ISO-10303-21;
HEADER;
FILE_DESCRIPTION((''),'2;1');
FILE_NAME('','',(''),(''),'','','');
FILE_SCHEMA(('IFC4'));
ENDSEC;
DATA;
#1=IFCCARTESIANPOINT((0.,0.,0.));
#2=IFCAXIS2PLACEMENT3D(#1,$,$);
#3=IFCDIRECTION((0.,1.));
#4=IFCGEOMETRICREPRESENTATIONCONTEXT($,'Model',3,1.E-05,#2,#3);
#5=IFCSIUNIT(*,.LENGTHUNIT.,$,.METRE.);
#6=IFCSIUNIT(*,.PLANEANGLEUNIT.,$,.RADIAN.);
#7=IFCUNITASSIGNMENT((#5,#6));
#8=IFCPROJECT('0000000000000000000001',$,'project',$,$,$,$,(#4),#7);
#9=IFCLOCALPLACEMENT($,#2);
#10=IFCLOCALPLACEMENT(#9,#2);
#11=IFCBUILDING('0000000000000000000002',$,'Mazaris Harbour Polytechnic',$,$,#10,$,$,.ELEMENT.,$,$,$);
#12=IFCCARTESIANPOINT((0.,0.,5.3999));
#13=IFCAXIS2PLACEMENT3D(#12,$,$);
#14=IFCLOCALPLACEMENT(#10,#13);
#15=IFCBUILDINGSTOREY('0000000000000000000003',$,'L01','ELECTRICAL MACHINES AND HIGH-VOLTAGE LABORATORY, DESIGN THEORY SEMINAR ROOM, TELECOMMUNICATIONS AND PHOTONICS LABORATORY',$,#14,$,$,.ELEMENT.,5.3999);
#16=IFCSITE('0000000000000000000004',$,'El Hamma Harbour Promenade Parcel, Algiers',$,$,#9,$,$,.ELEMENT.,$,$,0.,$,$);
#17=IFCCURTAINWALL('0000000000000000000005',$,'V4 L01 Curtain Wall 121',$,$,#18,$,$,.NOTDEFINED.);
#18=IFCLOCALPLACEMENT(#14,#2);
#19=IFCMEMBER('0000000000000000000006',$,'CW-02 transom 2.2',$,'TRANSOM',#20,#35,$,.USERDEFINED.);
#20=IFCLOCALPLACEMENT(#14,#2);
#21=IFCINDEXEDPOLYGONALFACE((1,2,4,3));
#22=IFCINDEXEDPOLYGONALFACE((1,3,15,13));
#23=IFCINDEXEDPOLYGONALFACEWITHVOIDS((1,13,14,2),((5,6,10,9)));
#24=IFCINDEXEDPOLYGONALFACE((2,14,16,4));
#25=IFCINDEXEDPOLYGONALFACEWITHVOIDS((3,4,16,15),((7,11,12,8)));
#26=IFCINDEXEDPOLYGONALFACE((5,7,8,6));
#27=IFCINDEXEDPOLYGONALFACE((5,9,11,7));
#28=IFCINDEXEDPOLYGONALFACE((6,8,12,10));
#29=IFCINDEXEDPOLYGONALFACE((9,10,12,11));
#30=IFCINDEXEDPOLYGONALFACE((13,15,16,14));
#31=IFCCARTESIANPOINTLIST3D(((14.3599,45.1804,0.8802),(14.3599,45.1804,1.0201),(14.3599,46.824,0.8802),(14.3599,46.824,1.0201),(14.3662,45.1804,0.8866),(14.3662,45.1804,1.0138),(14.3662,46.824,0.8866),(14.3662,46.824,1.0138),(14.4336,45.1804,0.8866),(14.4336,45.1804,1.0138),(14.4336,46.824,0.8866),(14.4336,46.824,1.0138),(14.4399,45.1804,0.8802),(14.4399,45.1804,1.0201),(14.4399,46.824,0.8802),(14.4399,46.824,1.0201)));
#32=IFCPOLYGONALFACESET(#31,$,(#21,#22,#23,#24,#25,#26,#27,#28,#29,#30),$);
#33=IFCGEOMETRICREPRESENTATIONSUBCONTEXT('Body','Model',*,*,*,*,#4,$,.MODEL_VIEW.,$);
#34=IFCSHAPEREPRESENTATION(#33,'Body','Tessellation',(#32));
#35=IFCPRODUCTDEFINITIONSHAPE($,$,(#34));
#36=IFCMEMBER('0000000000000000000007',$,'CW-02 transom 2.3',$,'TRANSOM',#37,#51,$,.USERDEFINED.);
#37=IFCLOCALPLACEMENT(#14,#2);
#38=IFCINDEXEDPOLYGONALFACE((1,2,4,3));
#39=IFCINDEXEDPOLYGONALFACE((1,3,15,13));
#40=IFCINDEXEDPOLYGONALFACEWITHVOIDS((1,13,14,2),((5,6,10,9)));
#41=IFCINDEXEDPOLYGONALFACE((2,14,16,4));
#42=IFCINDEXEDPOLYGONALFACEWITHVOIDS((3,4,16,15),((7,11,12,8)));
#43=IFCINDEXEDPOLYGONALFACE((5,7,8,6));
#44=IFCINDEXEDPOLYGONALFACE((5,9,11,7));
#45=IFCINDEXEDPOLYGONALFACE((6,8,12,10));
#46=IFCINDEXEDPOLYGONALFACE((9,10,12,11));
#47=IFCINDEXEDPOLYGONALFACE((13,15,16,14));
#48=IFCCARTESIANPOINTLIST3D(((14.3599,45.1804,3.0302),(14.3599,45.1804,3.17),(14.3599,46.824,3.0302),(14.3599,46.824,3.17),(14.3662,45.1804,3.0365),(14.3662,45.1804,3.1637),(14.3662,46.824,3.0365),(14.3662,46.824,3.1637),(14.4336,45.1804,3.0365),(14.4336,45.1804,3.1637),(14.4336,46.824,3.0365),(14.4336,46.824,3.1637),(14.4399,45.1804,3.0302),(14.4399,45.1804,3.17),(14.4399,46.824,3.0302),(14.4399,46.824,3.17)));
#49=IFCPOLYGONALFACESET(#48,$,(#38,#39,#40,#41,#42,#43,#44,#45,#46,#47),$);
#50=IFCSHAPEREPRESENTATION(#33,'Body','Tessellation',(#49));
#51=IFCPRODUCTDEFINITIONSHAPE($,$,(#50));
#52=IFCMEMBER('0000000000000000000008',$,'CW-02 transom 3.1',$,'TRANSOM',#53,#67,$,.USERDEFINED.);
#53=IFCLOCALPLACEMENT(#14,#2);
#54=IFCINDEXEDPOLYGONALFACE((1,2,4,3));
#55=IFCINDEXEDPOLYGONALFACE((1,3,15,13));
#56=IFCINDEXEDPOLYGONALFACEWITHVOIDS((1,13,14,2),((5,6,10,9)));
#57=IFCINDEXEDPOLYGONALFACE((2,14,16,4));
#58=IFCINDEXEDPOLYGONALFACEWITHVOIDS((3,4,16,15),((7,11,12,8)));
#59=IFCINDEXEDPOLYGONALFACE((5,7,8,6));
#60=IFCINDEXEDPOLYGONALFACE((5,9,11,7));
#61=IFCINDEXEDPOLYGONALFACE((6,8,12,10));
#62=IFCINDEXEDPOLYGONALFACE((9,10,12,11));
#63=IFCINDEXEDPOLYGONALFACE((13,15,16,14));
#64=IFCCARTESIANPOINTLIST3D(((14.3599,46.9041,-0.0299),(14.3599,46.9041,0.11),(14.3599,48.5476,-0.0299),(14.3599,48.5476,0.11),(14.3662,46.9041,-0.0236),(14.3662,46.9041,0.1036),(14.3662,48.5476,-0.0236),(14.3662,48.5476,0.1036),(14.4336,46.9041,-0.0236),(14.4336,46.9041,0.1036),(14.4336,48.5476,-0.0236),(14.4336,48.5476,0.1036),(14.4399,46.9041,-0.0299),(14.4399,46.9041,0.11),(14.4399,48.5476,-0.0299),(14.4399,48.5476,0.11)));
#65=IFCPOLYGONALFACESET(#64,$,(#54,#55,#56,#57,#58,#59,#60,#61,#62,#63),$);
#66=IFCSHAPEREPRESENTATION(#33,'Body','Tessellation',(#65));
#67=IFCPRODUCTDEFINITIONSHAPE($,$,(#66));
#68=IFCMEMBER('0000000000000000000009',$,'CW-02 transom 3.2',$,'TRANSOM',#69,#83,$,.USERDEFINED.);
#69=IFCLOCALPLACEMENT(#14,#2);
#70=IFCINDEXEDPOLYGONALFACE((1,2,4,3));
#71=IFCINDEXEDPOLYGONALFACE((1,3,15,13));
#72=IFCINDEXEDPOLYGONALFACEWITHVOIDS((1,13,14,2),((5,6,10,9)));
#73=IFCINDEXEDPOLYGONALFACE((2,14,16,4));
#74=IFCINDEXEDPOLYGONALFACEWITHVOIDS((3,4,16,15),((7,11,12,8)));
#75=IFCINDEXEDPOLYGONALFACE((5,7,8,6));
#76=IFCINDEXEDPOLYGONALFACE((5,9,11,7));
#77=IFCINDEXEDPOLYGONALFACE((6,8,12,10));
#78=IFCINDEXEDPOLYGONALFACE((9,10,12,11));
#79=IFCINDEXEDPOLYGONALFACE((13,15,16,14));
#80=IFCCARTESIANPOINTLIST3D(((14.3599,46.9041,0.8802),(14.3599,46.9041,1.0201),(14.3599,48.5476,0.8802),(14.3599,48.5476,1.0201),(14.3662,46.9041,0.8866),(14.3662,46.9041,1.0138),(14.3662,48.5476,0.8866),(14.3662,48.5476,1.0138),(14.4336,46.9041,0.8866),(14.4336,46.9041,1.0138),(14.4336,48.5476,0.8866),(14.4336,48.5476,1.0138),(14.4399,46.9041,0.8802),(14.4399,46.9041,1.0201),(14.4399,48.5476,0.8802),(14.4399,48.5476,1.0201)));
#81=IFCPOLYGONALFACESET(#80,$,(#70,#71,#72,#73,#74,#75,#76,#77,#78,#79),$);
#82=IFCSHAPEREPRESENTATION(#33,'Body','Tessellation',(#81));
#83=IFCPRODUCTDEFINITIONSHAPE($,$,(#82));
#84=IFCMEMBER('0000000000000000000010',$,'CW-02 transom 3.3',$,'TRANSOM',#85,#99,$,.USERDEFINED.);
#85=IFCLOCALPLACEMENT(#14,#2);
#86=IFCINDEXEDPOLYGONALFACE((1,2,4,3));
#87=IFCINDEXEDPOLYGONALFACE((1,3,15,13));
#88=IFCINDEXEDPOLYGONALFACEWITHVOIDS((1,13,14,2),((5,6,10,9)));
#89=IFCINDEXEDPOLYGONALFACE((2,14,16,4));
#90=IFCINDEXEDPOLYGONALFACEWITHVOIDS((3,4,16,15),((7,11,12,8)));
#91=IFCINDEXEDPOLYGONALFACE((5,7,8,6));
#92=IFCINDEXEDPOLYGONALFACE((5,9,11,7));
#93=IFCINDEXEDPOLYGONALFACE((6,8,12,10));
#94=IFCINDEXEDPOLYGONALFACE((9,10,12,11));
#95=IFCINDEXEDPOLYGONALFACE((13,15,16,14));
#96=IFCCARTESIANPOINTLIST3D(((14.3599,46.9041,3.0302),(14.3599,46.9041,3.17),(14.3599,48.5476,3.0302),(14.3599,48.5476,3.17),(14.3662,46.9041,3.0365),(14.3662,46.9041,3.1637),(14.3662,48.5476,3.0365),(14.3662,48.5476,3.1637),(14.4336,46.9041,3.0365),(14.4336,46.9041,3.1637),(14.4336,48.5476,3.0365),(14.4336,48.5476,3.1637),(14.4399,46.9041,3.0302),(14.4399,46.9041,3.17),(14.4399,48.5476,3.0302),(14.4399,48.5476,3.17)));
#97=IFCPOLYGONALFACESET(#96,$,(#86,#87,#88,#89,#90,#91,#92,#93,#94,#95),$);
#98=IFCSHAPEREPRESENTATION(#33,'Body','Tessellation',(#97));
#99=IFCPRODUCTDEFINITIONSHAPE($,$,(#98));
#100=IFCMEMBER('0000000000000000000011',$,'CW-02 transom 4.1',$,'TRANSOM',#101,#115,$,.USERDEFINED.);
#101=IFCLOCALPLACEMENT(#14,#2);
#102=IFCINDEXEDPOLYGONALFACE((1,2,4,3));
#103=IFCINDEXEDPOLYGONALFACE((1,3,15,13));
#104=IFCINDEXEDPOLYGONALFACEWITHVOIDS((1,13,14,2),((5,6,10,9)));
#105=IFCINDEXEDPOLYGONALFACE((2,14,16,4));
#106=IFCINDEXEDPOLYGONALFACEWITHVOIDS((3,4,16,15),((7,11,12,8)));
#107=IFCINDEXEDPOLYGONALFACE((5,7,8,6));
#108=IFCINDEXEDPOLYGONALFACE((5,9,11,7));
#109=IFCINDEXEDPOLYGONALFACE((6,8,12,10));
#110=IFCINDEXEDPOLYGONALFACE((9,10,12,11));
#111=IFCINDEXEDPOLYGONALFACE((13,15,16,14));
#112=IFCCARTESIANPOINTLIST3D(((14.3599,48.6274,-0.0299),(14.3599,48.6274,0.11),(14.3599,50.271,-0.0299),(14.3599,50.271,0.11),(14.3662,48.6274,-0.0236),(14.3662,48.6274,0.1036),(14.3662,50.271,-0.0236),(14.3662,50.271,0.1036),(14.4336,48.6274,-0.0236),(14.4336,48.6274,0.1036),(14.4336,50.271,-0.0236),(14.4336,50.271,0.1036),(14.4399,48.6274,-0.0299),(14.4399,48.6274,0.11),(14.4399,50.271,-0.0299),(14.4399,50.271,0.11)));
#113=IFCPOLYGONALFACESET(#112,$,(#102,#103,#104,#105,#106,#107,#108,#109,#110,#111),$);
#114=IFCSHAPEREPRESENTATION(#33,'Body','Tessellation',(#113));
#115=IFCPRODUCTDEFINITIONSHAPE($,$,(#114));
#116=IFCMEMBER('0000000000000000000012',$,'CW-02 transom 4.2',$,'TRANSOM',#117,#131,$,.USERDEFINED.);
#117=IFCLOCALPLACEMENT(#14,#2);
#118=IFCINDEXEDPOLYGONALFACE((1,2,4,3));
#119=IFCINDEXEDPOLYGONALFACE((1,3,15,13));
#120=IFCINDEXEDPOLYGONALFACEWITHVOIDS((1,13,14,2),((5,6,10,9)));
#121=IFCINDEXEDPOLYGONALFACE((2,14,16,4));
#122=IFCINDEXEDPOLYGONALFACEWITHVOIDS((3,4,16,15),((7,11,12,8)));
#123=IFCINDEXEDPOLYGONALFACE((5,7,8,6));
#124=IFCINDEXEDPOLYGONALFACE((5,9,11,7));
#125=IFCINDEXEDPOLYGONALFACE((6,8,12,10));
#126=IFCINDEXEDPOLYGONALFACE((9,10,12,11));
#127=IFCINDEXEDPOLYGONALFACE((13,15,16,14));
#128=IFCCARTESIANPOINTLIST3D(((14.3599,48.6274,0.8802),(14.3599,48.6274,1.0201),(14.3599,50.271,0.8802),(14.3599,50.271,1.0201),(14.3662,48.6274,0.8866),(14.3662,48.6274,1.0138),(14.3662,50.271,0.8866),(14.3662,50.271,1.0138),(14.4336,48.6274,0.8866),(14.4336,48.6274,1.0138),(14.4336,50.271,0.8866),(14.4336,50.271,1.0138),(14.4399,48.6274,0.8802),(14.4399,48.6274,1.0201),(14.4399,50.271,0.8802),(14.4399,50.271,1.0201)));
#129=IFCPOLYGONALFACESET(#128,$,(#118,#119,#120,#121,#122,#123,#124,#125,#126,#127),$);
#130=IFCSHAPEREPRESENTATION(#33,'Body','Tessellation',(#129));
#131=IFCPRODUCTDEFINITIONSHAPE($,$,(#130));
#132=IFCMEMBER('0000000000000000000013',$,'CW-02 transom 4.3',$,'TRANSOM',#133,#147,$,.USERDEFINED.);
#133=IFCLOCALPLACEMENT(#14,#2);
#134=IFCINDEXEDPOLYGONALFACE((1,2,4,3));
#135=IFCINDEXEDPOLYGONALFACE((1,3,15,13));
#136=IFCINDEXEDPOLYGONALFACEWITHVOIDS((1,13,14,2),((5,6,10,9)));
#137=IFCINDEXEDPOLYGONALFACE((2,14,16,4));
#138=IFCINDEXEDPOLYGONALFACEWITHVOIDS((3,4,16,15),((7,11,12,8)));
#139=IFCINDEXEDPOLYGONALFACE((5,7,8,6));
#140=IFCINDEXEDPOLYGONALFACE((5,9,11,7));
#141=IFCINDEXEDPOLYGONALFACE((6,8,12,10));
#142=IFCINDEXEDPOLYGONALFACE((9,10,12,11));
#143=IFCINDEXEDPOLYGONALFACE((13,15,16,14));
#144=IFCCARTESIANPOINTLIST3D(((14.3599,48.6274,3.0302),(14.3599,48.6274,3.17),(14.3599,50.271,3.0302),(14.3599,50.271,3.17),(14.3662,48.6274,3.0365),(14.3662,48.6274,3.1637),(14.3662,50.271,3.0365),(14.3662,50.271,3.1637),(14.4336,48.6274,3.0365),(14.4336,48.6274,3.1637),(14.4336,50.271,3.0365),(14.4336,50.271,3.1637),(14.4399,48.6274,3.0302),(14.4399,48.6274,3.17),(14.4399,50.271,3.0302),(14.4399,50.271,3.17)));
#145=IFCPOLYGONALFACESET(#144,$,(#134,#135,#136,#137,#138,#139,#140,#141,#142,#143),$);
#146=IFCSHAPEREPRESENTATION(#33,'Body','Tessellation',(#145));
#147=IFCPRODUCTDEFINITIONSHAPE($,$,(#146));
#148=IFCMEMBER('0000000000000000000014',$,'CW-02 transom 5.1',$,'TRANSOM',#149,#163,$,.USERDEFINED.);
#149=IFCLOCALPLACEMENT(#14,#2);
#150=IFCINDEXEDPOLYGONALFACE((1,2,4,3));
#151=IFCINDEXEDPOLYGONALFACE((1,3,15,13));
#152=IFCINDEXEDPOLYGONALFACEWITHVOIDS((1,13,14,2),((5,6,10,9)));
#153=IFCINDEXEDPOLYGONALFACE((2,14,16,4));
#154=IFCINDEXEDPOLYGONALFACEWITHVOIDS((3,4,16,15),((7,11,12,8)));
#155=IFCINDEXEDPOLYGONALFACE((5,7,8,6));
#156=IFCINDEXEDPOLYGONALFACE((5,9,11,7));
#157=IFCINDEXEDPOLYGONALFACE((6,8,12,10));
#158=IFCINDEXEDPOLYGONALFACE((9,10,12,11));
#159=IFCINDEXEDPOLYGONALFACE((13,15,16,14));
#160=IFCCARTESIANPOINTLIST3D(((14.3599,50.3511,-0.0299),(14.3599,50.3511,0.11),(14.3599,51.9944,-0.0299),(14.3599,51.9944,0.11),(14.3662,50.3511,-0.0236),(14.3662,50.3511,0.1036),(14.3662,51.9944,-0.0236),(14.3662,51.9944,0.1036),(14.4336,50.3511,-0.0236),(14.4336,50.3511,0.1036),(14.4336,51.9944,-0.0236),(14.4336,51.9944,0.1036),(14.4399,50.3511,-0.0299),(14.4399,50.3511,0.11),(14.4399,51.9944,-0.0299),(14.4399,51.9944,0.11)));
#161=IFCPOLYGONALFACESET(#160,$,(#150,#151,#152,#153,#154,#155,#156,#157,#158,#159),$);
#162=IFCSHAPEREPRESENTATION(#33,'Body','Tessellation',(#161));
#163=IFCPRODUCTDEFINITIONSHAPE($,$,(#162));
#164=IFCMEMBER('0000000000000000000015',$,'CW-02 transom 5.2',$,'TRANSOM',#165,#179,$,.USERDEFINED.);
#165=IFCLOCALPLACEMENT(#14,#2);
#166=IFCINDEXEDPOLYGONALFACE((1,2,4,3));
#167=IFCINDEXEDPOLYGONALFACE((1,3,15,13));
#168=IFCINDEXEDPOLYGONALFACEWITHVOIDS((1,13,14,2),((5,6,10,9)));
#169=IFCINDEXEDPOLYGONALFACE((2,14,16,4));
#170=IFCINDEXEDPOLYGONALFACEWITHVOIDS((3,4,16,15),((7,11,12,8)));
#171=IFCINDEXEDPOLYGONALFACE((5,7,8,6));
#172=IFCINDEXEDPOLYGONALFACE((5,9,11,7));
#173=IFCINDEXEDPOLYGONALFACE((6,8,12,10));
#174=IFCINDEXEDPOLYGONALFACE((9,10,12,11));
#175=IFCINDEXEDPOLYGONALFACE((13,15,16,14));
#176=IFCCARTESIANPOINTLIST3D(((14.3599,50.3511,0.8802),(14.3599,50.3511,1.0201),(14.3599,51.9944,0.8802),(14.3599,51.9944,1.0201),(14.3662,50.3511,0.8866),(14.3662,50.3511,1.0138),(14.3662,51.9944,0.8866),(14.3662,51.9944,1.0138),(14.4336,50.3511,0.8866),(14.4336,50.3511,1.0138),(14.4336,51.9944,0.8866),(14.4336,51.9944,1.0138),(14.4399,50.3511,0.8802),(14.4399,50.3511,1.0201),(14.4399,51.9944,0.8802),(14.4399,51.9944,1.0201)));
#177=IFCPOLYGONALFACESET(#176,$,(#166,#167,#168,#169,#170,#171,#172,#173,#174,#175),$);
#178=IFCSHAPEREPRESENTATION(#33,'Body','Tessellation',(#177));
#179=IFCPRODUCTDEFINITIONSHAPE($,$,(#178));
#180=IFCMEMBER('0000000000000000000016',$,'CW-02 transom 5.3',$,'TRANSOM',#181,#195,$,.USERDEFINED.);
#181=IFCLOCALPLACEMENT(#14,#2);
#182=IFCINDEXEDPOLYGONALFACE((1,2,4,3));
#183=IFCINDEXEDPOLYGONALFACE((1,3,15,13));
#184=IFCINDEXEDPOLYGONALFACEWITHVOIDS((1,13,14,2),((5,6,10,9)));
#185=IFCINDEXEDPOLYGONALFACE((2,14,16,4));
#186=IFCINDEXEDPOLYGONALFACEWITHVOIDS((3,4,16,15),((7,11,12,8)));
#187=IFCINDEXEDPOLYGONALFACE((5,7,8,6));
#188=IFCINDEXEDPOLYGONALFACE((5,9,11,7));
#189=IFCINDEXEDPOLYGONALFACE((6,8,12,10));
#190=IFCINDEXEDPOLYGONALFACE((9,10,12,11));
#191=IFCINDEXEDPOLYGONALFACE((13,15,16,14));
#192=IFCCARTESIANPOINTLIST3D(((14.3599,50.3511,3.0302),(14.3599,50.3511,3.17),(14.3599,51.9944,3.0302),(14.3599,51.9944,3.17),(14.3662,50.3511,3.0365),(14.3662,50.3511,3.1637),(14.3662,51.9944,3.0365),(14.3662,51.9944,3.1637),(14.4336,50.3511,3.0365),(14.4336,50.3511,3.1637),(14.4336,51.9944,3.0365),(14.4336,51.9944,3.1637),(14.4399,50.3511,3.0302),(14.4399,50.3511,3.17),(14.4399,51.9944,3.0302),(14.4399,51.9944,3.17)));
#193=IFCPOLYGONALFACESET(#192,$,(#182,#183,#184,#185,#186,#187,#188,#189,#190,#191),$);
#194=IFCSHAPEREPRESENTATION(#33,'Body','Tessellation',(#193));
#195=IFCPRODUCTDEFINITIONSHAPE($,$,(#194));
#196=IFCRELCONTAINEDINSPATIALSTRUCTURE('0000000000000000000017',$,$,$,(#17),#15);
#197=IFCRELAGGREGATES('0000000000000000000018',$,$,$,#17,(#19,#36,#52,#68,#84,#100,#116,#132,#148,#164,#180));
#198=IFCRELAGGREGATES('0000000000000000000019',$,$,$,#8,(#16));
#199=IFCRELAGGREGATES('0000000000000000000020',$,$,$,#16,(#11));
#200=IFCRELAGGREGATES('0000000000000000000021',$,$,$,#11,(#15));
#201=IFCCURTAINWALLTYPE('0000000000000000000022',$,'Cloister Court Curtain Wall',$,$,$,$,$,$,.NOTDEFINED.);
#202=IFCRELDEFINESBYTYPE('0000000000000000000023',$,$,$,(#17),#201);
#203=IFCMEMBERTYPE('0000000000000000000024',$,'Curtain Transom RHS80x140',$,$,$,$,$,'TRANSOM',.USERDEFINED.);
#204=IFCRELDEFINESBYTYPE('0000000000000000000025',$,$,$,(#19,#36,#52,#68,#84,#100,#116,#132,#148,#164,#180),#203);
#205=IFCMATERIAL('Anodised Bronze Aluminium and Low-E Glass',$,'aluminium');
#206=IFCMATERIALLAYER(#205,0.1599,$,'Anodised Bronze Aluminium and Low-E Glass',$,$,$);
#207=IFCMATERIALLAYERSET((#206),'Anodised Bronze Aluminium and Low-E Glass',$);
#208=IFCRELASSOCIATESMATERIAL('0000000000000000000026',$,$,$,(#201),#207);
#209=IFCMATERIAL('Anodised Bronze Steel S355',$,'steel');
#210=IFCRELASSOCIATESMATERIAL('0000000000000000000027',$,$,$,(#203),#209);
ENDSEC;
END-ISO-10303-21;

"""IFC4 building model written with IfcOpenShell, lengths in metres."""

from ifc_helpers import new_model, si_unit, direction, frame, origin, origin_2d, place, context, subcontext, project, spatial, hollow_rectangle, extrude, material, layer, layer_set, material_profile, profile_set, type_object, element, aggregate, save


model = new_model("IFC4")

# Units and contexts
model_context = context("Model", 3, precision=1e-05, world=origin(), true_north=direction((0.0, 1.0)))
body_context = subcontext(model_context, "Body", "Model", "MODEL_VIEW")
ifc_project = project(units=[si_unit("LENGTHUNIT", "METRE"), si_unit("PLANEANGLEUNIT", "RADIAN")], contexts=[model_context])

# Site, building, storey
site_placement = place(None, origin())
site = spatial("IfcSite", under=ifc_project, at=site_placement, Name="El Hamma Harbour Promenade Parcel, Algiers", CompositionType="ELEMENT", RefElevation=0.0)
building_placement = place(site_placement, origin())
building = spatial("IfcBuilding", under=site, at=building_placement, Name="Mazaris Harbour Polytechnic", CompositionType="ELEMENT")
storey_placement = place(building_placement, frame((0.0, 0.0, 5.3999)))
storey = spatial("IfcBuildingStorey", under=building, at=storey_placement, Name="L01", Description="ELECTRICAL MACHINES AND HIGH-VOLTAGE LABORATORY, DESIGN THEORY SEMINAR ROOM, TELECOMMUNICATIONS AND PHOTONICS LABORATORY", CompositionType="ELEMENT", Elevation=5.3999)

# Curtain wall, members
ifc_material_1 = material(Name="Anodised Bronze Aluminium and Low-E Glass", Category="aluminium")
ifc_layer_1 = layer(ifc_material_1, 0.1599, Name="Anodised Bronze Aluminium and Low-E Glass")
ifc_layer_set_1 = layer_set([ifc_layer_1], Name="Anodised Bronze Aluminium and Low-E Glass")
curtain_wall_type = type_object("IfcCurtainWallType", Name="Cloister Court Curtain Wall", PredefinedType="NOTDEFINED", material=ifc_layer_set_1)
curtain_wall_placement = place(storey_placement, origin())
curtain_wall = element("IfcCurtainWall", 1, at=curtain_wall_placement, inside=storey, type_object=curtain_wall_type, Name="V4 L01 Curtain Wall 121", PredefinedType="NOTDEFINED")
ifc_material_2 = material(Name="Anodised Bronze Steel S355", Category="steel")
ifc_material_profile_1 = material_profile(ifc_material_2, hollow_rectangle(XDim=0.0801, YDim=0.1399, WallThickness=0.0063, at=origin_2d()), Name="RHS 80x140x6.3")
ifc_profile_set_1 = profile_set([ifc_material_profile_1], Name="Anodised Bronze Steel S355")
member_type_1 = type_object("IfcMemberType", Name="Curtain Transom RHS80x140", ElementType="TRANSOM", PredefinedType="USERDEFINED", material=ifc_profile_set_1)
member_1_placement = place(storey_placement, frame((14.3999, 45.1804, 0.9502), z_axis=(0.0, 1.0, 0.0), x_axis=(-1.0, 0.0, 0.0)))
member_1 = element("IfcMember", 2, at=member_1_placement, type_object=member_type_1, Name="CW-02 transom 2.2", ObjectType="TRANSOM", PredefinedType="USERDEFINED", context=body_context, shape_type="SweptSolid", body=[
    extrude(hollow_rectangle(XDim=0.0801, YDim=0.1399, WallThickness=0.0063, at=origin_2d()), origin(), (0.0, 0.0, 1.0), 1.6436),
])
member_2_placement = place(storey_placement, frame((14.3999, 45.1804, 3.1001), z_axis=(0.0, 1.0, 0.0), x_axis=(-1.0, 0.0, 0.0)))
member_2 = element("IfcMember", 3, at=member_2_placement, type_object=member_type_1, Name="CW-02 transom 2.3", ObjectType="TRANSOM", PredefinedType="USERDEFINED", context=body_context, shape_type="SweptSolid", body=[
    extrude(hollow_rectangle(XDim=0.0801, YDim=0.1399, WallThickness=0.0063, at=origin_2d()), origin(), (0.0, 0.0, 1.0), 1.6436),
])
member_3_placement = place(storey_placement, frame((14.3999, 46.9041, 0.04), z_axis=(0.0, 1.0, 0.0), x_axis=(-1.0, 0.0, 0.0)))
member_3 = element("IfcMember", 4, at=member_3_placement, type_object=member_type_1, Name="CW-02 transom 3.1", ObjectType="TRANSOM", PredefinedType="USERDEFINED", context=body_context, shape_type="SweptSolid", body=[
    extrude(hollow_rectangle(XDim=0.0801, YDim=0.1399, WallThickness=0.0063, at=origin_2d()), origin(), (0.0, 0.0, 1.0), 1.6436),
])
member_4_placement = place(storey_placement, frame((14.3999, 46.9041, 0.9502), z_axis=(0.0, 1.0, 0.0), x_axis=(-1.0, 0.0, 0.0)))
member_4 = element("IfcMember", 5, at=member_4_placement, type_object=member_type_1, Name="CW-02 transom 3.2", ObjectType="TRANSOM", PredefinedType="USERDEFINED", context=body_context, shape_type="SweptSolid", body=[
    extrude(hollow_rectangle(XDim=0.0801, YDim=0.1399, WallThickness=0.0063, at=origin_2d()), origin(), (0.0, 0.0, 1.0), 1.6436),
])
member_5_placement = place(storey_placement, frame((14.3999, 46.9041, 3.1001), z_axis=(0.0, 1.0, 0.0), x_axis=(-1.0, 0.0, 0.0)))
member_5 = element("IfcMember", 6, at=member_5_placement, type_object=member_type_1, Name="CW-02 transom 3.3", ObjectType="TRANSOM", PredefinedType="USERDEFINED", context=body_context, shape_type="SweptSolid", body=[
    extrude(hollow_rectangle(XDim=0.0801, YDim=0.1399, WallThickness=0.0063, at=origin_2d()), origin(), (0.0, 0.0, 1.0), 1.6436),
])
member_6_placement = place(storey_placement, frame((14.3999, 48.6274, 0.04), z_axis=(0.0, 1.0, 0.0), x_axis=(-1.0, 0.0, 0.0)))
member_6 = element("IfcMember", 7, at=member_6_placement, type_object=member_type_1, Name="CW-02 transom 4.1", ObjectType="TRANSOM", PredefinedType="USERDEFINED", context=body_context, shape_type="SweptSolid", body=[
    extrude(hollow_rectangle(XDim=0.0801, YDim=0.1399, WallThickness=0.0063, at=origin_2d()), origin(), (0.0, 0.0, 1.0), 1.6436),
])
member_7_placement = place(storey_placement, frame((14.3999, 48.6274, 0.9502), z_axis=(0.0, 1.0, 0.0), x_axis=(-1.0, 0.0, 0.0)))
member_7 = element("IfcMember", 8, at=member_7_placement, type_object=member_type_1, Name="CW-02 transom 4.2", ObjectType="TRANSOM", PredefinedType="USERDEFINED", context=body_context, shape_type="SweptSolid", body=[
    extrude(hollow_rectangle(XDim=0.0801, YDim=0.1399, WallThickness=0.0063, at=origin_2d()), origin(), (0.0, 0.0, 1.0), 1.6436),
])
member_8_placement = place(storey_placement, frame((14.3999, 48.6274, 3.1001), z_axis=(0.0, 1.0, 0.0), x_axis=(-1.0, 0.0, 0.0)))
member_8 = element("IfcMember", 9, at=member_8_placement, type_object=member_type_1, Name="CW-02 transom 4.3", ObjectType="TRANSOM", PredefinedType="USERDEFINED", context=body_context, shape_type="SweptSolid", body=[
    extrude(hollow_rectangle(XDim=0.0801, YDim=0.1399, WallThickness=0.0063, at=origin_2d()), origin(), (0.0, 0.0, 1.0), 1.6436),
])
member_9_placement = place(storey_placement, frame((14.3999, 50.3511, 0.04), z_axis=(0.0, 1.0, 0.0), x_axis=(-1.0, 0.0, 0.0)))
member_9 = element("IfcMember", 10, at=member_9_placement, type_object=member_type_1, Name="CW-02 transom 5.1", ObjectType="TRANSOM", PredefinedType="USERDEFINED", context=body_context, shape_type="SweptSolid", body=[
    extrude(hollow_rectangle(XDim=0.0801, YDim=0.1399, WallThickness=0.0063, at=origin_2d()), origin(), (0.0, 0.0, 1.0), 1.6433),
])
member_10_placement = place(storey_placement, frame((14.3999, 50.3511, 0.9502), z_axis=(0.0, 1.0, 0.0), x_axis=(-1.0, 0.0, 0.0)))
member_10 = element("IfcMember", 11, at=member_10_placement, type_object=member_type_1, Name="CW-02 transom 5.2", ObjectType="TRANSOM", PredefinedType="USERDEFINED", context=body_context, shape_type="SweptSolid", body=[
    extrude(hollow_rectangle(XDim=0.0801, YDim=0.1399, WallThickness=0.0063, at=origin_2d()), origin(), (0.0, 0.0, 1.0), 1.6433),
])
member_11_placement = place(storey_placement, frame((14.3999, 50.3511, 3.1001), z_axis=(0.0, 1.0, 0.0), x_axis=(-1.0, 0.0, 0.0)))
member_11 = element("IfcMember", 12, at=member_11_placement, type_object=member_type_1, Name="CW-02 transom 5.3", ObjectType="TRANSOM", PredefinedType="USERDEFINED", context=body_context, shape_type="SweptSolid", body=[
    extrude(hollow_rectangle(XDim=0.0801, YDim=0.1399, WallThickness=0.0063, at=origin_2d()), origin(), (0.0, 0.0, 1.0), 1.6433),
])

aggregate(curtain_wall, [member_1, member_2, member_3, member_4, member_5, member_6, member_7, member_8, member_9, member_10, member_11])

save(model, "model.ifc")
